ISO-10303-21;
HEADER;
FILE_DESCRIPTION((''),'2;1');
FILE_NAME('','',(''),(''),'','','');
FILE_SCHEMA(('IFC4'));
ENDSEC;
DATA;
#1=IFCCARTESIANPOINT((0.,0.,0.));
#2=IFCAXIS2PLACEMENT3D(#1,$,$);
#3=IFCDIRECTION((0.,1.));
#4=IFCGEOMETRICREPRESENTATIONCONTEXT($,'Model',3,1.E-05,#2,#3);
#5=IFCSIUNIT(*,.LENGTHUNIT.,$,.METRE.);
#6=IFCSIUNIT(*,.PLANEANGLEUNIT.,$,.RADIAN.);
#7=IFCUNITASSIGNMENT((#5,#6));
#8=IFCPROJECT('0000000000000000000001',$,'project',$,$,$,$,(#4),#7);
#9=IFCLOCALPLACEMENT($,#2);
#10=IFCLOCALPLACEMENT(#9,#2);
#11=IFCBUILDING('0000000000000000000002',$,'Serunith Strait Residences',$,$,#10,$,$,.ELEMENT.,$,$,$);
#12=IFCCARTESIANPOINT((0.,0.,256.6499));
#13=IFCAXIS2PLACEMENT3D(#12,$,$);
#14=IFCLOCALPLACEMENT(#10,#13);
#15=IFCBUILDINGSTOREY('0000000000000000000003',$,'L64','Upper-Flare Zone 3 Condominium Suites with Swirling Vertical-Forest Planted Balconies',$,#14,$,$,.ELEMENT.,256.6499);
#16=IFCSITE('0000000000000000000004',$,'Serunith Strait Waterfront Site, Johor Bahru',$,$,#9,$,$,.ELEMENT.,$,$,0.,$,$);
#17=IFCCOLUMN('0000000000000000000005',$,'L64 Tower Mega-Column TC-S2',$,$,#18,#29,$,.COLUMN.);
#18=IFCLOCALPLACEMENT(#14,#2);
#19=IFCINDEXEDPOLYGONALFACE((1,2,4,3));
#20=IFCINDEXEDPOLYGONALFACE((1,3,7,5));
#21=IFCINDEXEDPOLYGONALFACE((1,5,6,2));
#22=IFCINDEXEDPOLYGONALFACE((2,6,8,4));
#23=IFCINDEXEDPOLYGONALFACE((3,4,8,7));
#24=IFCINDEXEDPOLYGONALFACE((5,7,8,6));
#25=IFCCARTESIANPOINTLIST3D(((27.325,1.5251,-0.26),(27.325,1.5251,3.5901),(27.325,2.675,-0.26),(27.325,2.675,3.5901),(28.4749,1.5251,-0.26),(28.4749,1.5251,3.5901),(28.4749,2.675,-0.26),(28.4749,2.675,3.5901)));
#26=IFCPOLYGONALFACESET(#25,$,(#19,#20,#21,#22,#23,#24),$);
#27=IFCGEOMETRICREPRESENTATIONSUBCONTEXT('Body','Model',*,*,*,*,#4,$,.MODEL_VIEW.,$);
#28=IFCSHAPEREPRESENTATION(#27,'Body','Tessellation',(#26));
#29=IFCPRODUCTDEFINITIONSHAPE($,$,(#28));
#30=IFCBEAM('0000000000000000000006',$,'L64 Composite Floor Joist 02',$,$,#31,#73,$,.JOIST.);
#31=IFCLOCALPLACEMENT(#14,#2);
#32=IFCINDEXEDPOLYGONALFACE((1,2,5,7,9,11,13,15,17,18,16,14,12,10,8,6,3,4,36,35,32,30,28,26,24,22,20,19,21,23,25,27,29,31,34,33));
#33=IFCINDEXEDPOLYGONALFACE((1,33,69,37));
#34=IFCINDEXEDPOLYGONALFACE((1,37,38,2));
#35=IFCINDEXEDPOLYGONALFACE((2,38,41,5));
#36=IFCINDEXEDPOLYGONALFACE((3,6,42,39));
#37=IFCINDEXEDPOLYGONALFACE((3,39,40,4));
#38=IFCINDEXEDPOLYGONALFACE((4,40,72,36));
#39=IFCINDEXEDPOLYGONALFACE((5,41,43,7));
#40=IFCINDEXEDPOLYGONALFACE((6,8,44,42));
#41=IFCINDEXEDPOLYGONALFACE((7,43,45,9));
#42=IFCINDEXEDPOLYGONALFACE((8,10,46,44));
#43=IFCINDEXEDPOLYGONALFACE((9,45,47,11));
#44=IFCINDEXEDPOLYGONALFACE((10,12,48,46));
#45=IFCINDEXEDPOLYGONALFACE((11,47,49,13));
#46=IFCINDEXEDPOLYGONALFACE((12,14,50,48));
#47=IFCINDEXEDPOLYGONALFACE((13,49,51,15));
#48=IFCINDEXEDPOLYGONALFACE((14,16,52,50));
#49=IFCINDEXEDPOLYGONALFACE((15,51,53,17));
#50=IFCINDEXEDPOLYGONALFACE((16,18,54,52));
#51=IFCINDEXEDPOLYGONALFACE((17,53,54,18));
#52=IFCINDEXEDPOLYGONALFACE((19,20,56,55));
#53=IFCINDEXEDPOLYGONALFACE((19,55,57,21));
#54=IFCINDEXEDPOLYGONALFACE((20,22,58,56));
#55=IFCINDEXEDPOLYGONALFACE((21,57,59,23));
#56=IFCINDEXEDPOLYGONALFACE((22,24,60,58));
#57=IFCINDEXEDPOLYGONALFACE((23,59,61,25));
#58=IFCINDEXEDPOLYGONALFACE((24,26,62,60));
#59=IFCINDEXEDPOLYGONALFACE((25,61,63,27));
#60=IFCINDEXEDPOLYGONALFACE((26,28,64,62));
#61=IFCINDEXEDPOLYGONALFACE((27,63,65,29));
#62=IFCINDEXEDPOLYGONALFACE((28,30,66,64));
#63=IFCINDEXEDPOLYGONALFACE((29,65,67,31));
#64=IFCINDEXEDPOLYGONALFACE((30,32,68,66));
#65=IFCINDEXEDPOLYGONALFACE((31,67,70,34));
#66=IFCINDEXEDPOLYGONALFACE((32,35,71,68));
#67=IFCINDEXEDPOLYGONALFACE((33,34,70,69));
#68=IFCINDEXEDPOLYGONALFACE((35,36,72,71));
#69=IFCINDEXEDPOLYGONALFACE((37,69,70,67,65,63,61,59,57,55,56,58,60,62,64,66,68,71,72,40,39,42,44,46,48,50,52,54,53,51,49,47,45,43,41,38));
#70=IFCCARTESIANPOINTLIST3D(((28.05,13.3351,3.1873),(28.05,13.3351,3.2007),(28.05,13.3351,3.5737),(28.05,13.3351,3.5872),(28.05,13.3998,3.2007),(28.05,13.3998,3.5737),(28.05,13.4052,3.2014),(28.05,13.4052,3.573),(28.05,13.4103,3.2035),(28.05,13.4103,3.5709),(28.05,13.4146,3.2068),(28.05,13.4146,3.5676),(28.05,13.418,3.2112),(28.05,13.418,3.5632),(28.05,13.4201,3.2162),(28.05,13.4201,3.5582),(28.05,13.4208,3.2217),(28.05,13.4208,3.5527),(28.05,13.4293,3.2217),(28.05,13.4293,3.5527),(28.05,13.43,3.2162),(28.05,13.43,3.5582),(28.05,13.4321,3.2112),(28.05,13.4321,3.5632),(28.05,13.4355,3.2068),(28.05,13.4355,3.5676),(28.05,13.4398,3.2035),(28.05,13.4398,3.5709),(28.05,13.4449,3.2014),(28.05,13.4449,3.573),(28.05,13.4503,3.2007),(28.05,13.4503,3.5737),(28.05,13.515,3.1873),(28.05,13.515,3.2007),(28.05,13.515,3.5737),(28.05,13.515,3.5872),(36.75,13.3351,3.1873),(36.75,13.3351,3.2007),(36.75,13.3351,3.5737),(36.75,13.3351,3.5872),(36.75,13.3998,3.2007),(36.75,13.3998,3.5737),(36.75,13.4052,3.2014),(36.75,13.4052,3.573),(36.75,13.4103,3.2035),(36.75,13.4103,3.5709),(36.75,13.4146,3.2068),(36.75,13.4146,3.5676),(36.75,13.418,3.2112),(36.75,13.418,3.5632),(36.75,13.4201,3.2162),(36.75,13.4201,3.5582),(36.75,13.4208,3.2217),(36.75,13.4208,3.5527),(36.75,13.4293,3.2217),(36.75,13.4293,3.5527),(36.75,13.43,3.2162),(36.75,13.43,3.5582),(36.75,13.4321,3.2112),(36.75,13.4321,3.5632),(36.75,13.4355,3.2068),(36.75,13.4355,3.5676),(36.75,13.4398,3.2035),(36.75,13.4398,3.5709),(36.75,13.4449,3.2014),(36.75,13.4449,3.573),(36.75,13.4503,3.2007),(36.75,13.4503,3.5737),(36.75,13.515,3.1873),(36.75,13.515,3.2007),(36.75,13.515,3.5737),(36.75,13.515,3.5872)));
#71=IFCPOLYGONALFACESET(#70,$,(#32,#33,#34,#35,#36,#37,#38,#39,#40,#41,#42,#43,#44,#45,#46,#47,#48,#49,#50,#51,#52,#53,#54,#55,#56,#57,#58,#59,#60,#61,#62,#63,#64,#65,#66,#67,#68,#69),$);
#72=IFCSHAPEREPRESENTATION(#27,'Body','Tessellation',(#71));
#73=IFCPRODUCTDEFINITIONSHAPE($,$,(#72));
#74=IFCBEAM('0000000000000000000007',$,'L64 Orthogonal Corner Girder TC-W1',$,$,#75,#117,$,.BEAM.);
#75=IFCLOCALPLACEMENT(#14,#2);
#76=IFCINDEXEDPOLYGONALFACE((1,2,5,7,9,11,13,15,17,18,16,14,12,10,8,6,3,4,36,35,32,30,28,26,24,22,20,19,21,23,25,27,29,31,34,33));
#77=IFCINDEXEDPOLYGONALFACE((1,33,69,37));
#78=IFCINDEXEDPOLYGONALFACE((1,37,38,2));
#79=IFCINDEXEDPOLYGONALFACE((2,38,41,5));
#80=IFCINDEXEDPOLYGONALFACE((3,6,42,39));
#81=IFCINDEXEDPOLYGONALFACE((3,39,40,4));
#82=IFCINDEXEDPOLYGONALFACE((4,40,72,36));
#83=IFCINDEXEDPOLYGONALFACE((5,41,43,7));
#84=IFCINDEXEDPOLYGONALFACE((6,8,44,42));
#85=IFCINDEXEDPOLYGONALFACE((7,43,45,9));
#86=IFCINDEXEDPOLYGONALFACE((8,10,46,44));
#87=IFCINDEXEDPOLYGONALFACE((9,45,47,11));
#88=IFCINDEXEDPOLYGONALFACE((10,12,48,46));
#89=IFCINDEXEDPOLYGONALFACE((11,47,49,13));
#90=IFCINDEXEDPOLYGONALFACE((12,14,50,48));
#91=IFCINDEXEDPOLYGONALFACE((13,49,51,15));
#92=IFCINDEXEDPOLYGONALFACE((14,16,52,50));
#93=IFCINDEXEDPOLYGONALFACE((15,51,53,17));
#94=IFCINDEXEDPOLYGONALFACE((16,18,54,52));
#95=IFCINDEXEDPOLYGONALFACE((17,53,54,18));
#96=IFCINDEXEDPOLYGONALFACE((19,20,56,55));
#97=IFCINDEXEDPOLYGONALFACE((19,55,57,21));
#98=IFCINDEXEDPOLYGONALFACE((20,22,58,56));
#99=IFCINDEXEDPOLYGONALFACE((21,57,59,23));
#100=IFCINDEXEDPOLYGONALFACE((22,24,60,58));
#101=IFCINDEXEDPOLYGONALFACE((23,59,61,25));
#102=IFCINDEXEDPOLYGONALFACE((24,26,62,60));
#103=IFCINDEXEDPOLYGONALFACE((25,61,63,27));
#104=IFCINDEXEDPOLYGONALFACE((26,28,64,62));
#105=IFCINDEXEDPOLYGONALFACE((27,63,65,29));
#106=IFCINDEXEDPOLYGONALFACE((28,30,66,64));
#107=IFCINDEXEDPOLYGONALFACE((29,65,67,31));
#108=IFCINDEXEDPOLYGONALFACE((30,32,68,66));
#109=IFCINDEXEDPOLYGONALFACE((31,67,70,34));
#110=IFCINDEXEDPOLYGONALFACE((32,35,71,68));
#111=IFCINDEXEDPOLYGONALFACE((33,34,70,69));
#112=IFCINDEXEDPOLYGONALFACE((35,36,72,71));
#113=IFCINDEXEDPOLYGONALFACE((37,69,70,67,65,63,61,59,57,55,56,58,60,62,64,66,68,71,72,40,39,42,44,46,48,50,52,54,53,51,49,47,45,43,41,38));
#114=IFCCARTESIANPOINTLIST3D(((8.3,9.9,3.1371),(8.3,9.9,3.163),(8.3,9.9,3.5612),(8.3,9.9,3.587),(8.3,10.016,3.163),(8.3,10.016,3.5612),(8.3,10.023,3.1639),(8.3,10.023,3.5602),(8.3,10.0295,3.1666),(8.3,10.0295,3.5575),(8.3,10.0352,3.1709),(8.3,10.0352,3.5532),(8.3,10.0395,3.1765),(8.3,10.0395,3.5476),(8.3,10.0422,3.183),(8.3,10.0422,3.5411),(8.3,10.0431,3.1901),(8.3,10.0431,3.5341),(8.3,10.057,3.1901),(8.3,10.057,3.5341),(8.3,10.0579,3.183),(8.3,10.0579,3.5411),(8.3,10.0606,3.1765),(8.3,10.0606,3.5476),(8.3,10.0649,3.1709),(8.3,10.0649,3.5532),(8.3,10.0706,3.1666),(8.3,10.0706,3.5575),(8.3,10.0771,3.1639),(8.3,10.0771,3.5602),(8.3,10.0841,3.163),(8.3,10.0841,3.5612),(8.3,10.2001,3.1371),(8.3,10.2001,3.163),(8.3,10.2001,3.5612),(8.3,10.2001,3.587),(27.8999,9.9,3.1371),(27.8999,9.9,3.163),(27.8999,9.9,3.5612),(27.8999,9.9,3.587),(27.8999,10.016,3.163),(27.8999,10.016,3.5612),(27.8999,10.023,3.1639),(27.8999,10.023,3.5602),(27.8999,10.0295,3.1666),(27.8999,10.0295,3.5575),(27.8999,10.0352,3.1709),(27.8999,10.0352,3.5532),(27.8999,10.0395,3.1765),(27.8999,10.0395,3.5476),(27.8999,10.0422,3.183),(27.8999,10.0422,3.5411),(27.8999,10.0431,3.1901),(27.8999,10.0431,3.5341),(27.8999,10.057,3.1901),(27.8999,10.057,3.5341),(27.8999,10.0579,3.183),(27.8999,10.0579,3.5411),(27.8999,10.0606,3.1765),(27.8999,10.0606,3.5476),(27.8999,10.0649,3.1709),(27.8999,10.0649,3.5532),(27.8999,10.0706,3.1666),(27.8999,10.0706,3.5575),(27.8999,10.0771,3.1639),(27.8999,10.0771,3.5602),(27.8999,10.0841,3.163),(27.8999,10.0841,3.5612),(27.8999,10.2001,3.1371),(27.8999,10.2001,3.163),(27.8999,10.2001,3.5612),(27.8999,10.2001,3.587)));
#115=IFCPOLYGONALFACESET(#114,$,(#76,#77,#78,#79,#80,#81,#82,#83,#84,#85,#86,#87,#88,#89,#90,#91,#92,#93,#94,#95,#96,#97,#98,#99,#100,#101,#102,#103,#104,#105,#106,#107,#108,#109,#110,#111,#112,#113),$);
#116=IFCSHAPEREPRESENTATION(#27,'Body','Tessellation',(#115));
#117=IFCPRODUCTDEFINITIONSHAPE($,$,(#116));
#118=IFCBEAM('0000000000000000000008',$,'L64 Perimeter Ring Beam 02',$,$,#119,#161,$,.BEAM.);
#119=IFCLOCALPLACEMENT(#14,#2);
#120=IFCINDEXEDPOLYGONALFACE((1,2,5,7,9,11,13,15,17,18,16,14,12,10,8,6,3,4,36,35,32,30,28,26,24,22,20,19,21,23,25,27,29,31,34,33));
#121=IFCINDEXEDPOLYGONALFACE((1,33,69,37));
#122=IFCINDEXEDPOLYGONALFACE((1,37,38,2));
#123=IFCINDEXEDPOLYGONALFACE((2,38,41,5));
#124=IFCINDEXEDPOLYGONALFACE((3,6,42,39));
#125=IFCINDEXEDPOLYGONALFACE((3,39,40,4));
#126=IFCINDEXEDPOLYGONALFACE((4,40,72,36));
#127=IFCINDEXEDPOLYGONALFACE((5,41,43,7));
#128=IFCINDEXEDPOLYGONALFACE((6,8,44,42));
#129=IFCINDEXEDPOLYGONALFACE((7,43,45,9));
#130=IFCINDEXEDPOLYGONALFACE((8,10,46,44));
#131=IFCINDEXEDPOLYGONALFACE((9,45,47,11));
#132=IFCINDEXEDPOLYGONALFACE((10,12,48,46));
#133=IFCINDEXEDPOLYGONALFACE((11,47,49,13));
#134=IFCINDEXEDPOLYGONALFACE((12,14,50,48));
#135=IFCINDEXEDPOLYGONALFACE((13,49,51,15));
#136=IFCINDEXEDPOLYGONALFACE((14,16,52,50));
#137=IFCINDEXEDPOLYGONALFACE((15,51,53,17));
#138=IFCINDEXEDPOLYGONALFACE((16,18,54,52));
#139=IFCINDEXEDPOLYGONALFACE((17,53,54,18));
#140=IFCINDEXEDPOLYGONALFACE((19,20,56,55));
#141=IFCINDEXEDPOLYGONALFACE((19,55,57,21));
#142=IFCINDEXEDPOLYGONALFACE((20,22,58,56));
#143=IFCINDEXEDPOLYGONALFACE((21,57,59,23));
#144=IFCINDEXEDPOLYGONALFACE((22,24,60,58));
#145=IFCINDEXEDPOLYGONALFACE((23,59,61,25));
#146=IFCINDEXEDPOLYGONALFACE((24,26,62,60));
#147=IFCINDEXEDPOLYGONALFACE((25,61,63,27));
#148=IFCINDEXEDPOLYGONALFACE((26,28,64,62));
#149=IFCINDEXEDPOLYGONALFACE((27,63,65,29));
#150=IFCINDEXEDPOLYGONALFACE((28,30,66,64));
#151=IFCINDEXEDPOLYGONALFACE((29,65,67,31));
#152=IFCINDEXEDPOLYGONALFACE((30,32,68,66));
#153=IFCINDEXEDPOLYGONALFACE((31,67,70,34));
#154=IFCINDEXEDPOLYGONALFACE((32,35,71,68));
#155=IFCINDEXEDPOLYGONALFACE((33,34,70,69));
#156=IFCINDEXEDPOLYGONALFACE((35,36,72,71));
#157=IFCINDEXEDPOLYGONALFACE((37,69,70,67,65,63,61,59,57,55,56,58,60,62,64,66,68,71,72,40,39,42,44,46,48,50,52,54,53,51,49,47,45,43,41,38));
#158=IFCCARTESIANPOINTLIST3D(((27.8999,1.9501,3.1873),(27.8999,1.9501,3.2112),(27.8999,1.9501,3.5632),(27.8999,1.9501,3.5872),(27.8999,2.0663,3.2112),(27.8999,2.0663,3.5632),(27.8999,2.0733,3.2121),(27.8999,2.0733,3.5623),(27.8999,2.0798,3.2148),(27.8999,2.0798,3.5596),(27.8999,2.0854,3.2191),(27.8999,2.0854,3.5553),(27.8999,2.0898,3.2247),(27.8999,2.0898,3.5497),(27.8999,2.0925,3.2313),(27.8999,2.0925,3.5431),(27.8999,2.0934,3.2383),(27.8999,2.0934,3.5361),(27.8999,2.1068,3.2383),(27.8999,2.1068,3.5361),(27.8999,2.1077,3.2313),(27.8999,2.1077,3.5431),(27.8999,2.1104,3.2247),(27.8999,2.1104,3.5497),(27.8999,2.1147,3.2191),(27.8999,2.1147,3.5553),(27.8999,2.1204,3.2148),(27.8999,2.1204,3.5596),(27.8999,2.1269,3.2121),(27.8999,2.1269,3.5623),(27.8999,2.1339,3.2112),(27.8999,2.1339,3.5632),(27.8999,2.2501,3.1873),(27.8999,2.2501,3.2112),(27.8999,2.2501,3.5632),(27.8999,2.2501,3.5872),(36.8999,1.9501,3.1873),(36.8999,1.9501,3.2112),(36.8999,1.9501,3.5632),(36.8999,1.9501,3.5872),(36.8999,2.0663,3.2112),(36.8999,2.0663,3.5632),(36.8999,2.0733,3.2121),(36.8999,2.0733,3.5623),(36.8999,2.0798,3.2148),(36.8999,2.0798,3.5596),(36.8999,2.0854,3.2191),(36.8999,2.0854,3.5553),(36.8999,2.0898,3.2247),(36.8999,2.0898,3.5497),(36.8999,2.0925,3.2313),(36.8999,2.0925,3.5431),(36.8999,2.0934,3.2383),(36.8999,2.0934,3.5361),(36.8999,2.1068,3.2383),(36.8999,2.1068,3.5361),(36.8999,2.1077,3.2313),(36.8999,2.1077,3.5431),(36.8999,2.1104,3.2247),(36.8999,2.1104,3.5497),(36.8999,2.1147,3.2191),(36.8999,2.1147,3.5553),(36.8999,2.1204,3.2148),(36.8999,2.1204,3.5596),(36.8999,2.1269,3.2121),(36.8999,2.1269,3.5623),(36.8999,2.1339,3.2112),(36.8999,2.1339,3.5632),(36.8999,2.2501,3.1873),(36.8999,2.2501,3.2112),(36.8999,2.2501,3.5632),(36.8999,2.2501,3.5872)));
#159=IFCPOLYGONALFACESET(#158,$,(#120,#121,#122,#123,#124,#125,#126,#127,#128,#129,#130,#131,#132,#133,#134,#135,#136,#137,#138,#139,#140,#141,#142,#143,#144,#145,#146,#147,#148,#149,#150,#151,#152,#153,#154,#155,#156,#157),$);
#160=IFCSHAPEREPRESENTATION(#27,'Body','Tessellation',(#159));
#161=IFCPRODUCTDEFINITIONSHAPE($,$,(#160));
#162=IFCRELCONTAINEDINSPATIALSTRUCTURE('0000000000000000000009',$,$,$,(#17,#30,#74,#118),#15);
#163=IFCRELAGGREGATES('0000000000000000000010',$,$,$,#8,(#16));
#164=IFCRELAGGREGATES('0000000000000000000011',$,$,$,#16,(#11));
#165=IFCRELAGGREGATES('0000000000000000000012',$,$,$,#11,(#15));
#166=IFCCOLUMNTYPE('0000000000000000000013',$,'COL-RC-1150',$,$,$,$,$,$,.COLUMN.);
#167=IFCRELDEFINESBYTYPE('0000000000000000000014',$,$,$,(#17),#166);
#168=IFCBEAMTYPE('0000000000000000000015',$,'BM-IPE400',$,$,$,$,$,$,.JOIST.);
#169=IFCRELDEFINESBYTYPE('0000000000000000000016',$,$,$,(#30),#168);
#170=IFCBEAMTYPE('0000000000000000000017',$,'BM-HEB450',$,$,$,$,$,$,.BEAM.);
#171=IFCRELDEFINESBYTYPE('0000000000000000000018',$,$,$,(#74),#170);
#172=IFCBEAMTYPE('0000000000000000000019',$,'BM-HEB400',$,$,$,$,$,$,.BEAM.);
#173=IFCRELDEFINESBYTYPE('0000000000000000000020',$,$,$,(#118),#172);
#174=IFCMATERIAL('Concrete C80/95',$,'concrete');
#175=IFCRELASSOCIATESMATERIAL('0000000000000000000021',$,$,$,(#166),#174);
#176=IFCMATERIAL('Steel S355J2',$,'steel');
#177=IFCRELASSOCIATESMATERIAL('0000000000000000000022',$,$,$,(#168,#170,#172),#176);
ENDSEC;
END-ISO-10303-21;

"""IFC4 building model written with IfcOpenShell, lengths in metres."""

from ifc_helpers import new_model, si_unit, direction, frame, origin, origin_2d, place, context, subcontext, project, spatial, rectangle, i_section, extrude, source, transform, mapped, material, material_profile, profile_set, type_object, element, save


model = new_model("IFC4")

# Units and contexts
model_context = context("Model", 3, precision=1e-05, world=origin(), true_north=direction((0.0, 1.0)))
body_context = subcontext(model_context, "Body", "Model", "MODEL_VIEW")
ifc_project = project(units=[si_unit("LENGTHUNIT", "METRE"), si_unit("PLANEANGLEUNIT", "RADIAN")], contexts=[model_context])

# Site, building, storey
site_placement = place(None, origin())
site = spatial("IfcSite", under=ifc_project, at=site_placement, Name="Serunith Strait Waterfront Site, Johor Bahru", CompositionType="ELEMENT", RefElevation=0.0)
building_placement = place(site_placement, origin())
building = spatial("IfcBuilding", under=site, at=building_placement, Name="Serunith Strait Residences", CompositionType="ELEMENT")
storey_placement = place(building_placement, frame((0.0, 0.0, 256.6499)))
storey = spatial("IfcBuildingStorey", under=building, at=storey_placement, Name="L64", Description="Upper-Flare Zone 3 Condominium Suites with Swirling Vertical-Forest Planted Balconies", CompositionType="ELEMENT", Elevation=256.6499)

# Column
ifc_material_1 = material(Name="Concrete C80/95", Category="concrete")
ifc_material_profile_1 = material_profile(ifc_material_1, rectangle(XDim=1.1499, YDim=1.1499, at=origin_2d()), Name="RC 1150x1150")
ifc_profile_set_1 = profile_set([ifc_material_profile_1], Name="Concrete C80/95")
column_type = type_object("IfcColumnType", Name="COL-RC-1150", PredefinedType="COLUMN", material=ifc_profile_set_1)
shared_shape_1 = source(origin(), body_context, "Body", "SweptSolid", [
    extrude(rectangle(XDim=1.1499, YDim=1.1499, at=origin_2d()), origin(), (0.0, 0.0, 1.0), 3.8501),
])
column_placement = place(storey_placement, frame((27.8999, 2.1001, -0.26), z_axis=(0.0, 0.0, 1.0), x_axis=(1.0, 0.0, 0.0)))
element("IfcColumn", 1, at=column_placement, inside=storey, type_object=column_type, Name="L64 Tower Mega-Column TC-S2", PredefinedType="COLUMN", context=body_context, shape_type="MappedRepresentation", body=[
    mapped(shared_shape_1, transform((0.0, 0.0, 0.0), scale=1.0)),
])

# Beams
ifc_material_2 = material(Name="Steel S355J2", Category="steel")
ifc_material_profile_2 = material_profile(ifc_material_2, i_section(OverallWidth=0.1799, OverallDepth=0.3999, WebThickness=0.0085, FlangeThickness=0.0134, FilletRadius=0.021, at=origin_2d()), Name="IPE 400")
ifc_profile_set_2 = profile_set([ifc_material_profile_2], Name="Steel S355J2")
beam_type_1 = type_object("IfcBeamType", Name="BM-IPE400", PredefinedType="JOIST", material=ifc_profile_set_2)
shared_shape_2 = source(origin(), body_context, "Body", "SweptSolid", [
    extrude(i_section(OverallWidth=0.1799, OverallDepth=0.3999, WebThickness=0.0085, FlangeThickness=0.0134, FilletRadius=0.021, at=origin_2d()), origin(), (0.0, 0.0, 1.0), 8.7),
])
beam_1_placement = place(storey_placement, frame((28.05, 13.425, 3.3872), z_axis=(1.0, 0.0, 0.0), x_axis=(0.0, 1.0, 0.0)))
element("IfcBeam", 2, at=beam_1_placement, inside=storey, type_object=beam_type_1, Name="L64 Composite Floor Joist 02", PredefinedType="JOIST", context=body_context, shape_type="MappedRepresentation", body=[
    mapped(shared_shape_2, transform((0.0, 0.0, 0.0), scale=1.0)),
])
ifc_material_profile_3 = material_profile(ifc_material_2, i_section(OverallWidth=0.3, OverallDepth=0.45, WebThickness=0.0139, FlangeThickness=0.0259, FilletRadius=0.0271, at=origin_2d()), Name="HEB 450")
ifc_profile_set_3 = profile_set([ifc_material_profile_3], Name="Steel S355J2")
beam_type_2 = type_object("IfcBeamType", Name="BM-HEB450", PredefinedType="BEAM", material=ifc_profile_set_3)
shared_shape_3 = source(origin(), body_context, "Body", "SweptSolid", [
    extrude(i_section(OverallWidth=0.3, OverallDepth=0.45, WebThickness=0.0139, FlangeThickness=0.0259, FilletRadius=0.0271, at=origin_2d()), origin(), (0.0, 0.0, 1.0), 19.5999),
])
beam_2_placement = place(storey_placement, frame((27.8999, 10.05, 3.3621), z_axis=(-1.0, 0.0, 0.0), x_axis=(0.0, -1.0, 0.0)))
element("IfcBeam", 3, at=beam_2_placement, inside=storey, type_object=beam_type_2, Name="L64 Orthogonal Corner Girder TC-W1", PredefinedType="BEAM", context=body_context, shape_type="MappedRepresentation", body=[
    mapped(shared_shape_3, transform((0.0, 0.0, 0.0), scale=1.0)),
])
ifc_material_profile_4 = material_profile(ifc_material_2, i_section(OverallWidth=0.3, OverallDepth=0.3999, WebThickness=0.0134, FlangeThickness=0.0239, FilletRadius=0.0271, at=origin_2d()), Name="HEB 400")
ifc_profile_set_4 = profile_set([ifc_material_profile_4], Name="Steel S355J2")
beam_type_3 = type_object("IfcBeamType", Name="BM-HEB400", PredefinedType="BEAM", material=ifc_profile_set_4)
shared_shape_4 = source(origin(), body_context, "Body", "SweptSolid", [
    extrude(i_section(OverallWidth=0.3, OverallDepth=0.3999, WebThickness=0.0134, FlangeThickness=0.0239, FilletRadius=0.0271, at=origin_2d()), origin(), (0.0, 0.0, 1.0), 9.0),
])
beam_3_placement = place(storey_placement, frame((27.8999, 2.1001, 3.3872), z_axis=(1.0, 0.0, 0.0), x_axis=(0.0, 1.0, 0.0)))
element("IfcBeam", 4, at=beam_3_placement, inside=storey, type_object=beam_type_3, Name="L64 Perimeter Ring Beam 02", PredefinedType="BEAM", context=body_context, shape_type="MappedRepresentation", body=[
    mapped(shared_shape_4, transform((0.0, 0.0, 0.0), scale=1.0)),
])

save(model, "model.ifc")
